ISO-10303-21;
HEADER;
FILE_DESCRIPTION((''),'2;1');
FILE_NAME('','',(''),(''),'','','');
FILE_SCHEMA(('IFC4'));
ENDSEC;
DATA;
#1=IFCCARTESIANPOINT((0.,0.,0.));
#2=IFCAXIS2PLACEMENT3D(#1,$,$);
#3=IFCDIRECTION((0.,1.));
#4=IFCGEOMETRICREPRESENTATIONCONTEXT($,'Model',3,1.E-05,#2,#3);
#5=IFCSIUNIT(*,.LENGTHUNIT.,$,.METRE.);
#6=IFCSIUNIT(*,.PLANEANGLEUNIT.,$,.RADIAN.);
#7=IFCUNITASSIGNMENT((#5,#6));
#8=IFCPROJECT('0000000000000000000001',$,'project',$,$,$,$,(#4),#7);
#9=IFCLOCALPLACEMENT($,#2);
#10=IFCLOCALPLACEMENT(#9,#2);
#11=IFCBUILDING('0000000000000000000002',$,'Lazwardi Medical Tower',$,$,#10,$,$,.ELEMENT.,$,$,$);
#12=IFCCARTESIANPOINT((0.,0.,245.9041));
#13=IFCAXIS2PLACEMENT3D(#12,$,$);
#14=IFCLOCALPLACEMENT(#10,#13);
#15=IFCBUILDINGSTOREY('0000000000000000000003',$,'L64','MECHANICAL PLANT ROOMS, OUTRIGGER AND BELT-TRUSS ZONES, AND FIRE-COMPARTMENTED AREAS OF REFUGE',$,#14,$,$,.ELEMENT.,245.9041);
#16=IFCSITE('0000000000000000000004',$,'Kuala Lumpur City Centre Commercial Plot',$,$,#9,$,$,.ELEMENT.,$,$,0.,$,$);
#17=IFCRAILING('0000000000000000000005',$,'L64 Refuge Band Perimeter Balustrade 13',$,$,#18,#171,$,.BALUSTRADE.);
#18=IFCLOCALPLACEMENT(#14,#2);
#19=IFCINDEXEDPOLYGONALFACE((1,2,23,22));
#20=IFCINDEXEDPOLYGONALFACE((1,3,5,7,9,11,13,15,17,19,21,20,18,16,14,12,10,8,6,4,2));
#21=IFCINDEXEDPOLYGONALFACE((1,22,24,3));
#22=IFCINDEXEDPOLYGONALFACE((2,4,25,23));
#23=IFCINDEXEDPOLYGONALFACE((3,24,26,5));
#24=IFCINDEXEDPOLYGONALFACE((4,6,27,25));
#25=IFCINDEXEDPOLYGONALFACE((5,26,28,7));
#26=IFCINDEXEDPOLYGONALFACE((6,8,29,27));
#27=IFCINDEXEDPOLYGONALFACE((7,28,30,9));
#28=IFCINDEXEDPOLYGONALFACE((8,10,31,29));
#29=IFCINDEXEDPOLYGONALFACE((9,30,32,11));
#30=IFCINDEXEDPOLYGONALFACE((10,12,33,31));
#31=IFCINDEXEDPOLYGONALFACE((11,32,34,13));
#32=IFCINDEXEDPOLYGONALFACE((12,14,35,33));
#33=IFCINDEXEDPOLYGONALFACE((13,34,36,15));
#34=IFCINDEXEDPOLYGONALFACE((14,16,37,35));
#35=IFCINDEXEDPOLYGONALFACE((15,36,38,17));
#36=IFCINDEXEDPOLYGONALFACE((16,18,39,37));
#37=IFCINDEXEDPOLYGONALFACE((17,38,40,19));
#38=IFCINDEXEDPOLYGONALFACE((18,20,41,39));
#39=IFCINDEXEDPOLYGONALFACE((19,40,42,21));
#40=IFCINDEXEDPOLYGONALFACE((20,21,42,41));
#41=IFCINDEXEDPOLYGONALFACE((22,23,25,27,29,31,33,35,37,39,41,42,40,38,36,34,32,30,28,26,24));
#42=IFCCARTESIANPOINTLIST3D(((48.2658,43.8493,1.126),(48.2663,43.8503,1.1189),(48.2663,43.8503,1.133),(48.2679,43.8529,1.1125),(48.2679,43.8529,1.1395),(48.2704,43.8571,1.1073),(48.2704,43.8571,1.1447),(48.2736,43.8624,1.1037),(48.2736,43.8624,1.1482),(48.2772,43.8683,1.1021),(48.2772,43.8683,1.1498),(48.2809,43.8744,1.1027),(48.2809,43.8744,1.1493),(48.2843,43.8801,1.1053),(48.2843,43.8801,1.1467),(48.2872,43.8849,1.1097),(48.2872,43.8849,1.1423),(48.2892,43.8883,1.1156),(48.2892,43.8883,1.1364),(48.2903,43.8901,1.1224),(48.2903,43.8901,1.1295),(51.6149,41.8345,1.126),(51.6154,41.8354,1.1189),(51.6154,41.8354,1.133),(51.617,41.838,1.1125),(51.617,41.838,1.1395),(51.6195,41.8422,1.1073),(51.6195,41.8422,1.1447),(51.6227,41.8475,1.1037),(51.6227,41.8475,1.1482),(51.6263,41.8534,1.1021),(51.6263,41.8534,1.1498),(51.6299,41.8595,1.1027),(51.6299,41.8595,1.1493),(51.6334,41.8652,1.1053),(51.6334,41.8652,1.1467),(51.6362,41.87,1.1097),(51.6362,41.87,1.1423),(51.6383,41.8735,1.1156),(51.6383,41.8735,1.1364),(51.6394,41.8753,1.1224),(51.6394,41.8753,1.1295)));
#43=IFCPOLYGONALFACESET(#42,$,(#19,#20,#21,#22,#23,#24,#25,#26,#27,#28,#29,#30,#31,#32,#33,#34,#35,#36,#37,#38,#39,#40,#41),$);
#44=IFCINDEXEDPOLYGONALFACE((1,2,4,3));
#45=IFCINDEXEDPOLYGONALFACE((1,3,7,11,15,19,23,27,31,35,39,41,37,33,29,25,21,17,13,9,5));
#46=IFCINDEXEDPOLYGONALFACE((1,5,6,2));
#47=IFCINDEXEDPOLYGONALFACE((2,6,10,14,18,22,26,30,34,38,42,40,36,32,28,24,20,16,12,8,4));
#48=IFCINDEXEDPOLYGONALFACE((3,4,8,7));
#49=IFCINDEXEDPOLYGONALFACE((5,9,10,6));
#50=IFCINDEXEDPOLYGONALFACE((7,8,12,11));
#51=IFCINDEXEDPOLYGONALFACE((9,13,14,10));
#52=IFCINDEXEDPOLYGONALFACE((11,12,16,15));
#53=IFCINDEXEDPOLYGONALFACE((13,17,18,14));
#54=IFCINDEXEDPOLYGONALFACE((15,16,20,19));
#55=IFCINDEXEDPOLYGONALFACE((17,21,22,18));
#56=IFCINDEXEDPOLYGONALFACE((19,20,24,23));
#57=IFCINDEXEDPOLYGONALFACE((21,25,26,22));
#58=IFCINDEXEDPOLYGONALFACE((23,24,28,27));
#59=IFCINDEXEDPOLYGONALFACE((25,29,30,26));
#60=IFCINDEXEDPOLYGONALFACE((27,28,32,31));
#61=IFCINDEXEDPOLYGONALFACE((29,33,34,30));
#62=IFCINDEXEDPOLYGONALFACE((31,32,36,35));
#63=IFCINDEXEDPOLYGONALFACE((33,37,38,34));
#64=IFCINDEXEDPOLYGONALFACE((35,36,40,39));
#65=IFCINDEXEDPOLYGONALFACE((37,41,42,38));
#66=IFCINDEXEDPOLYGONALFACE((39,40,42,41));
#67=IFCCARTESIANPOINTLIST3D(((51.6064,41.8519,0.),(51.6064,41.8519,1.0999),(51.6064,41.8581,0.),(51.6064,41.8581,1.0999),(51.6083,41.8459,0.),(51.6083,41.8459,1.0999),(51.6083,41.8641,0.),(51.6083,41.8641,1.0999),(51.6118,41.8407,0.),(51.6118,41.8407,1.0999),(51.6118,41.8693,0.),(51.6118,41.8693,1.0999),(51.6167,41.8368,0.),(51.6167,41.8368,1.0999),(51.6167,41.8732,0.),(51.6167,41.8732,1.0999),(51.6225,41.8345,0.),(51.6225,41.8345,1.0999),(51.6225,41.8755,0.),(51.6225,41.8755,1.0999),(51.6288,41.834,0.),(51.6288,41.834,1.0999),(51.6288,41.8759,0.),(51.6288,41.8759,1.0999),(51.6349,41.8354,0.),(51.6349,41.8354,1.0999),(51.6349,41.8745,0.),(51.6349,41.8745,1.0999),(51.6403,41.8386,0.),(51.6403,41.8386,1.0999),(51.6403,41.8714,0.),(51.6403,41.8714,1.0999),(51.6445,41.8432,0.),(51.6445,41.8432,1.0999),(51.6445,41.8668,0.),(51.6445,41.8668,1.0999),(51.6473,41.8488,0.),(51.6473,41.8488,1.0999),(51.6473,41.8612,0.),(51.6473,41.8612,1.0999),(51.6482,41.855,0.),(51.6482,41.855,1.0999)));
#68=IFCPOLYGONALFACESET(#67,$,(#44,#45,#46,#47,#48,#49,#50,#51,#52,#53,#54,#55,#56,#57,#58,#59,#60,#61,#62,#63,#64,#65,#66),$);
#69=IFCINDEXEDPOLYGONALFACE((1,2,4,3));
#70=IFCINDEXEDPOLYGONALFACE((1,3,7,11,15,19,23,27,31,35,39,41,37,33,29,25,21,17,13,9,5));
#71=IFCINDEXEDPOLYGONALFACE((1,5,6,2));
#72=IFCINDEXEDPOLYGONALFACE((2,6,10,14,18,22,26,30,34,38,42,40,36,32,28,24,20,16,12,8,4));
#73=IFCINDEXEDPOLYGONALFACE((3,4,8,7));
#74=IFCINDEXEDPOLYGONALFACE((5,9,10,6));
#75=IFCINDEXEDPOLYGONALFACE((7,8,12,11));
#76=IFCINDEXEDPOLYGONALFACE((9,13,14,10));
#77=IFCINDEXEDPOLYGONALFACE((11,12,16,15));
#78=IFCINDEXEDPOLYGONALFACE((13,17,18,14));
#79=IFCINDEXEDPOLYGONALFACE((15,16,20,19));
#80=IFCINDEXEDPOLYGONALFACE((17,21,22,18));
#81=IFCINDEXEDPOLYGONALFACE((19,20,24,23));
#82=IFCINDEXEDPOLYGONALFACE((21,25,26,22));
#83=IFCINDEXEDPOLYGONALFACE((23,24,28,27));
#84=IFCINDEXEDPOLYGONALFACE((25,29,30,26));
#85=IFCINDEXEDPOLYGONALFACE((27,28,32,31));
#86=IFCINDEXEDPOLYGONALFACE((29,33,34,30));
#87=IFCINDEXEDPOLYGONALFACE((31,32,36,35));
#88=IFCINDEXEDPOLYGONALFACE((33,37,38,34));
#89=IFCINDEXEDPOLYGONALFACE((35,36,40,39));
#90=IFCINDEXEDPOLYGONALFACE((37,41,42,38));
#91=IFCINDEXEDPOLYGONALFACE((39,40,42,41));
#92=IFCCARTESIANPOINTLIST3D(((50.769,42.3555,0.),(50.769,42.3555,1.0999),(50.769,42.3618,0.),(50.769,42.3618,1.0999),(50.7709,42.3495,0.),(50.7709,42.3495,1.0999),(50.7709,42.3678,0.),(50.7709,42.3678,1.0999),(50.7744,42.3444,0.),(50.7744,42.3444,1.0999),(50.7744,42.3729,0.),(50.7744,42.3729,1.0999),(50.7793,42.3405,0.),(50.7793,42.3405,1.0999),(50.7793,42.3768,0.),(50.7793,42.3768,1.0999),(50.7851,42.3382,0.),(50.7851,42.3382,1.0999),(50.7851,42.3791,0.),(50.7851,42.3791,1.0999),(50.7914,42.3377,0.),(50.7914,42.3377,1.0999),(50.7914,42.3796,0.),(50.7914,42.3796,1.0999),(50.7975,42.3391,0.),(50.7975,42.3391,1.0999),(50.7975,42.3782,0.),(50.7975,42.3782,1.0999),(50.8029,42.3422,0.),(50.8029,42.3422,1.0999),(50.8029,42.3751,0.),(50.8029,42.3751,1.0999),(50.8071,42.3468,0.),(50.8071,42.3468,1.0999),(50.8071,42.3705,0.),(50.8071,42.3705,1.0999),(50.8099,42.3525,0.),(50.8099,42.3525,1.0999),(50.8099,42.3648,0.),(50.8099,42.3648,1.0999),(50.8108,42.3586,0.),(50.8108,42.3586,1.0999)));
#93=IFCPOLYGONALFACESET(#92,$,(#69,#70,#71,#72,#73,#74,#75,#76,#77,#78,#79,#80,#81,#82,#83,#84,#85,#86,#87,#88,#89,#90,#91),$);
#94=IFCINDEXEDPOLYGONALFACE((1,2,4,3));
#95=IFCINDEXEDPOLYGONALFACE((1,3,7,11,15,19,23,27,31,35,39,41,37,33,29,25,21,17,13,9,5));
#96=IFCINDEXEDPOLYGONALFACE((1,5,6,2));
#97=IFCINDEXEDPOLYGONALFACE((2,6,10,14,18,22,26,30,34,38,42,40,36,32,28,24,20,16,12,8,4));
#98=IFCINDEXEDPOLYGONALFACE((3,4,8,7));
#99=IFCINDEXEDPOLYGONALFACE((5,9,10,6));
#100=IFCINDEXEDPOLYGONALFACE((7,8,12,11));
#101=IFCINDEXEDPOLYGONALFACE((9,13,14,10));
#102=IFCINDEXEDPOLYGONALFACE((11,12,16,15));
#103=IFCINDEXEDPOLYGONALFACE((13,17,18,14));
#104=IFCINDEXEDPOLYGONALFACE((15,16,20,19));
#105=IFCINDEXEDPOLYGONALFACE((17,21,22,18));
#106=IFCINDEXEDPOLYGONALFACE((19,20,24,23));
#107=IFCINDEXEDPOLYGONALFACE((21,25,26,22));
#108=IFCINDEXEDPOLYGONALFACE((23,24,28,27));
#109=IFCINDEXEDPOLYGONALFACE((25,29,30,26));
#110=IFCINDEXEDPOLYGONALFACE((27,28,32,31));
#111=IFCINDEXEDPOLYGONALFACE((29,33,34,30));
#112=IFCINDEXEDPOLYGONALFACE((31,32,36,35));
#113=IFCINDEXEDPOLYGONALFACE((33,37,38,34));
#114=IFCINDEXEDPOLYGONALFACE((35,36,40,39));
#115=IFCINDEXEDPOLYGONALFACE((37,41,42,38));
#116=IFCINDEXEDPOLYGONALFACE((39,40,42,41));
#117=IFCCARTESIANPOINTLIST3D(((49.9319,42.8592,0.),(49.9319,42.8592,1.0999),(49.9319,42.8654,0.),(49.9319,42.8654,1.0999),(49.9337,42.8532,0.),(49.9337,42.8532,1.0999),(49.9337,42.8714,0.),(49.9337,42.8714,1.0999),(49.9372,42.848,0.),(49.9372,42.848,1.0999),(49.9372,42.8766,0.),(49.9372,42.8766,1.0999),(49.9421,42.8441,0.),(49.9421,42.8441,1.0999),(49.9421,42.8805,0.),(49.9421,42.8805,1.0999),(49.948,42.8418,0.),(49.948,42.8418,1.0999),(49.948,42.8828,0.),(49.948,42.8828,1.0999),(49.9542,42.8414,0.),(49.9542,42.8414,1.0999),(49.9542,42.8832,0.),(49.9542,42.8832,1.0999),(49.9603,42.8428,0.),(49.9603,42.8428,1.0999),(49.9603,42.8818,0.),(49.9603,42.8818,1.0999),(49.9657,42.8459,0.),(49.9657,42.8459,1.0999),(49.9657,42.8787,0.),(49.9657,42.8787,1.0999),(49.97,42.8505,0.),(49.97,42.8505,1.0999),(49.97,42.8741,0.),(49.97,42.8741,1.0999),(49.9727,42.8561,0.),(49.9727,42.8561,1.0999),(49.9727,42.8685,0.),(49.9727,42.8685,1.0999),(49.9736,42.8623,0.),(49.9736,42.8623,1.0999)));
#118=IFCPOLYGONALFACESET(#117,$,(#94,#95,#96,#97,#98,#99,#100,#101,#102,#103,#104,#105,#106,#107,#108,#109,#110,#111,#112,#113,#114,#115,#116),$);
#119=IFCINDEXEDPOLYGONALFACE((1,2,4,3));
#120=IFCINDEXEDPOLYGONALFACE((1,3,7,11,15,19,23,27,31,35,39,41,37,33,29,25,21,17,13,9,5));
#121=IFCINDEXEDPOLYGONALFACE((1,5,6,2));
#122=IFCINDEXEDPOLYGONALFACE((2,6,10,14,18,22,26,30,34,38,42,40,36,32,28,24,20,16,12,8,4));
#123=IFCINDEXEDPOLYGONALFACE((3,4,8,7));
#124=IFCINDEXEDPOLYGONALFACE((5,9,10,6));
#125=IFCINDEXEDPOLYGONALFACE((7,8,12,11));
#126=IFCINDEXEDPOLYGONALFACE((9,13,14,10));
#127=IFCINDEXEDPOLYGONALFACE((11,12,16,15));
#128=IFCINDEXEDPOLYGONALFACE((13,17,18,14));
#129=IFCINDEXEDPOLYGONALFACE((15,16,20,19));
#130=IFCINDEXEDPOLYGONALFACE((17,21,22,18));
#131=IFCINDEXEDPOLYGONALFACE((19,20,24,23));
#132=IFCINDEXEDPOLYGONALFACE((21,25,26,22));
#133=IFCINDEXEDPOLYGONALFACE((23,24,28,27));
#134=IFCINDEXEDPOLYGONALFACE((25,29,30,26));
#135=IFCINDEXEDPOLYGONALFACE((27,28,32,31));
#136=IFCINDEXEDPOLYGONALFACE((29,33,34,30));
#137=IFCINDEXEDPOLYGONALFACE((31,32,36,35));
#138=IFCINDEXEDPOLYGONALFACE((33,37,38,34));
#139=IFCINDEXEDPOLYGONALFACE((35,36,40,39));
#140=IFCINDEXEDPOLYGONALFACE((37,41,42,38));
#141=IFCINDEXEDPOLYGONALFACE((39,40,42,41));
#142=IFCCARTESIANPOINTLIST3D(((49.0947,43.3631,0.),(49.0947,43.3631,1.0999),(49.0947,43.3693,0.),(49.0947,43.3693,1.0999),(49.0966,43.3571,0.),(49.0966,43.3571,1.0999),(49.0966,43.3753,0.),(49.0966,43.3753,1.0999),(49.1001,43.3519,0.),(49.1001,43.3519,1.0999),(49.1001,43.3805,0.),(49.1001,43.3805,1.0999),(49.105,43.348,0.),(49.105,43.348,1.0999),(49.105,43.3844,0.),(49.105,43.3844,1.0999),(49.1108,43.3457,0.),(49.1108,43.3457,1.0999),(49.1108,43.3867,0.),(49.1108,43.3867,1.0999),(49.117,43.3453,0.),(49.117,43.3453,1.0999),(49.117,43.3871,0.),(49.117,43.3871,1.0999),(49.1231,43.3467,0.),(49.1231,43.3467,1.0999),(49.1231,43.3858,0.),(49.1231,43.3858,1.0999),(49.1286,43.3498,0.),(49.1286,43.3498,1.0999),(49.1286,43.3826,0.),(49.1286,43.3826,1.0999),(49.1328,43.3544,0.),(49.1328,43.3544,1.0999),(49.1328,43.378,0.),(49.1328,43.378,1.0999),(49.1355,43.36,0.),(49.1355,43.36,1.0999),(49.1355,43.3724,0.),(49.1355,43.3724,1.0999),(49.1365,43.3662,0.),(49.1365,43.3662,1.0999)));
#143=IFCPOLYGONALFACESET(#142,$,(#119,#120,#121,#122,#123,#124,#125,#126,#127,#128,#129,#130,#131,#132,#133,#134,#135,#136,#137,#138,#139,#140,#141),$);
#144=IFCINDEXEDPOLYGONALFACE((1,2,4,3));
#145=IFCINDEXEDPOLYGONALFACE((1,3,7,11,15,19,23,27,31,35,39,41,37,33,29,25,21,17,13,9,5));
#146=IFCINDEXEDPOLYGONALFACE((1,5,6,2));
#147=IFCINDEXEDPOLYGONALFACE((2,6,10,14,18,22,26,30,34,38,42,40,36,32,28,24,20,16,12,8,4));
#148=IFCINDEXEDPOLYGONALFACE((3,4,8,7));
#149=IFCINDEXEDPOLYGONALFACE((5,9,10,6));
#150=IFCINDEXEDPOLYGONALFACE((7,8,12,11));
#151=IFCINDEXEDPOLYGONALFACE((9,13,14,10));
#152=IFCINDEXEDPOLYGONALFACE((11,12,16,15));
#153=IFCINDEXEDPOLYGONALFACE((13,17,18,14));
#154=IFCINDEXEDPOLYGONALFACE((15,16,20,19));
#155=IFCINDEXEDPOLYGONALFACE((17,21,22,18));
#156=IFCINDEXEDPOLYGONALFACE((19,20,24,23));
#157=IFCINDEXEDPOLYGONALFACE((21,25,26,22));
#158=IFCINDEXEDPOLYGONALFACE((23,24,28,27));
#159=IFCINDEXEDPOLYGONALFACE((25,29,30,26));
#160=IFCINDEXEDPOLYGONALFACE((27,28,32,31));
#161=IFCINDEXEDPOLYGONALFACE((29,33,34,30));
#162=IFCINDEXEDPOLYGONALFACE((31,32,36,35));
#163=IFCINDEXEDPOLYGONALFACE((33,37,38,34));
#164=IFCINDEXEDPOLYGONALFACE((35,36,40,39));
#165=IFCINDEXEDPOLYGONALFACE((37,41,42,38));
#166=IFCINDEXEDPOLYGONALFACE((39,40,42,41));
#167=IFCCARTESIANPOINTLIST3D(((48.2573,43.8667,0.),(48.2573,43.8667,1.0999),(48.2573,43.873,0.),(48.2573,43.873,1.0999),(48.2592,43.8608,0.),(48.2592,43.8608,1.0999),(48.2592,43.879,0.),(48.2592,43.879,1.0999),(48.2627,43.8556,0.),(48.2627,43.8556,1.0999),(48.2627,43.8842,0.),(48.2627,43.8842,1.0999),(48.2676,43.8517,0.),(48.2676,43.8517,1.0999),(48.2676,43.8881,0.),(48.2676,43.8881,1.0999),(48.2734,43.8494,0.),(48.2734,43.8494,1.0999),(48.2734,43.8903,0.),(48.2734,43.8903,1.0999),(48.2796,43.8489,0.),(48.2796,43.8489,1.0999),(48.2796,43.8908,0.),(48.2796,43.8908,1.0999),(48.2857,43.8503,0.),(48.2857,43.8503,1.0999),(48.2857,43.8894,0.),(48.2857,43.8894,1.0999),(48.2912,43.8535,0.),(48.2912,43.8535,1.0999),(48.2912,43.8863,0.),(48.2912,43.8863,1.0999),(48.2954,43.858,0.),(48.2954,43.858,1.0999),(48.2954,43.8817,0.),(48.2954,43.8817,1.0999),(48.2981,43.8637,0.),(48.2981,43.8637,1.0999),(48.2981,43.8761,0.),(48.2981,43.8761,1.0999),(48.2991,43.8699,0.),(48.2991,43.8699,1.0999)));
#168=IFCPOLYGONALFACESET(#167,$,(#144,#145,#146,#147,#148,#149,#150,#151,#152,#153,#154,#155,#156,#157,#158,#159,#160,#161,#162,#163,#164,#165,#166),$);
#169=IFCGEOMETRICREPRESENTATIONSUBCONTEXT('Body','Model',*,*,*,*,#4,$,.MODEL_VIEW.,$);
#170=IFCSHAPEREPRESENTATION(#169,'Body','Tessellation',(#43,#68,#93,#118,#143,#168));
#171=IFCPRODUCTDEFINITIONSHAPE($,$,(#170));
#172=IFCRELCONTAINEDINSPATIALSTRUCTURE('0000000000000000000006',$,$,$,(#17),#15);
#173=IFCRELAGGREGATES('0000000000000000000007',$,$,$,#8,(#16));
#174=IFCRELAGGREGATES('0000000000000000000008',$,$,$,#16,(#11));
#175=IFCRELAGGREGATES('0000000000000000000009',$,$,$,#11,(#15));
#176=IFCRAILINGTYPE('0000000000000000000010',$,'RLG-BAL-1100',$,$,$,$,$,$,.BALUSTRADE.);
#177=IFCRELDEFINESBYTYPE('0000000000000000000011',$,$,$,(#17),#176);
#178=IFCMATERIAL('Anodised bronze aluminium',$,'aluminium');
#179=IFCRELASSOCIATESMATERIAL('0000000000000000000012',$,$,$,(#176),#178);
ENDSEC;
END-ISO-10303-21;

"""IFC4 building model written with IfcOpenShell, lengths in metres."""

from ifc_helpers import new_model, si_unit, direction, frame, origin, origin_2d, place, context, subcontext, project, spatial, circle, extrude, material, type_object, element, save


model = new_model("IFC4")

# Units and contexts
model_context = context("Model", 3, precision=1e-05, world=origin(), true_north=direction((0.0, 1.0)))
body_context = subcontext(model_context, "Body", "Model", "MODEL_VIEW")
ifc_project = project(units=[si_unit("LENGTHUNIT", "METRE"), si_unit("PLANEANGLEUNIT", "RADIAN")], contexts=[model_context])

# Site, building, storey
site_placement = place(None, origin())
site = spatial("IfcSite", under=ifc_project, at=site_placement, Name="Kuala Lumpur City Centre Commercial Plot", CompositionType="ELEMENT", RefElevation=0.0)
building_placement = place(site_placement, origin())
building = spatial("IfcBuilding", under=site, at=building_placement, Name="Lazwardi Medical Tower", CompositionType="ELEMENT")
storey_placement = place(building_placement, frame((0.0, 0.0, 245.9041)))
storey = spatial("IfcBuildingStorey", under=building, at=storey_placement, Name="L64", Description="MECHANICAL PLANT ROOMS, OUTRIGGER AND BELT-TRUSS ZONES, AND FIRE-COMPARTMENTED AREAS OF REFUGE", CompositionType="ELEMENT", Elevation=245.9041)

# Railing
ifc_material_1 = material(Name="Anodised bronze aluminium", Category="aluminium")
railing_type = type_object("IfcRailingType", Name="RLG-BAL-1100", PredefinedType="BALUSTRADE", material=ifc_material_1)
railing_1_placement = place(storey_placement, frame((51.6272, 41.855, 0.0)))
element("IfcRailing", 1, at=railing_1_placement, inside=storey, type_object=railing_type, Name="L64 Refuge Band Perimeter Balustrade 13", PredefinedType="BALUSTRADE", context=body_context, shape_type="SweptSolid", body=[
    extrude(circle(Radius=0.0239, at=origin_2d()), frame((0.0, 0.0, 1.126), z_axis=(-0.856881, 0.515515, 0.0), x_axis=(-0.515515, -0.856881, 0.0)), (0.0, 0.0, 1.0), 3.9084),
    extrude(circle(Radius=0.021, at=origin_2d()), origin(), (0.0, 0.0, 1.0), 1.0999),
    extrude(circle(Radius=0.021, at=origin_2d()), frame((-0.8374, 0.5037, 0.0)), (0.0, 0.0, 1.0), 1.0999),
    extrude(circle(Radius=0.021, at=origin_2d()), frame((-1.6746, 1.0073, 0.0)), (0.0, 0.0, 1.0), 1.0999),
    extrude(circle(Radius=0.021, at=origin_2d()), frame((-2.5117, 1.5112, 0.0)), (0.0, 0.0, 1.0), 1.0999),
    extrude(circle(Radius=0.021, at=origin_2d()), frame((-3.3491, 2.0149, 0.0)), (0.0, 0.0, 1.0), 1.0999),
])

save(model, "model.ifc")
